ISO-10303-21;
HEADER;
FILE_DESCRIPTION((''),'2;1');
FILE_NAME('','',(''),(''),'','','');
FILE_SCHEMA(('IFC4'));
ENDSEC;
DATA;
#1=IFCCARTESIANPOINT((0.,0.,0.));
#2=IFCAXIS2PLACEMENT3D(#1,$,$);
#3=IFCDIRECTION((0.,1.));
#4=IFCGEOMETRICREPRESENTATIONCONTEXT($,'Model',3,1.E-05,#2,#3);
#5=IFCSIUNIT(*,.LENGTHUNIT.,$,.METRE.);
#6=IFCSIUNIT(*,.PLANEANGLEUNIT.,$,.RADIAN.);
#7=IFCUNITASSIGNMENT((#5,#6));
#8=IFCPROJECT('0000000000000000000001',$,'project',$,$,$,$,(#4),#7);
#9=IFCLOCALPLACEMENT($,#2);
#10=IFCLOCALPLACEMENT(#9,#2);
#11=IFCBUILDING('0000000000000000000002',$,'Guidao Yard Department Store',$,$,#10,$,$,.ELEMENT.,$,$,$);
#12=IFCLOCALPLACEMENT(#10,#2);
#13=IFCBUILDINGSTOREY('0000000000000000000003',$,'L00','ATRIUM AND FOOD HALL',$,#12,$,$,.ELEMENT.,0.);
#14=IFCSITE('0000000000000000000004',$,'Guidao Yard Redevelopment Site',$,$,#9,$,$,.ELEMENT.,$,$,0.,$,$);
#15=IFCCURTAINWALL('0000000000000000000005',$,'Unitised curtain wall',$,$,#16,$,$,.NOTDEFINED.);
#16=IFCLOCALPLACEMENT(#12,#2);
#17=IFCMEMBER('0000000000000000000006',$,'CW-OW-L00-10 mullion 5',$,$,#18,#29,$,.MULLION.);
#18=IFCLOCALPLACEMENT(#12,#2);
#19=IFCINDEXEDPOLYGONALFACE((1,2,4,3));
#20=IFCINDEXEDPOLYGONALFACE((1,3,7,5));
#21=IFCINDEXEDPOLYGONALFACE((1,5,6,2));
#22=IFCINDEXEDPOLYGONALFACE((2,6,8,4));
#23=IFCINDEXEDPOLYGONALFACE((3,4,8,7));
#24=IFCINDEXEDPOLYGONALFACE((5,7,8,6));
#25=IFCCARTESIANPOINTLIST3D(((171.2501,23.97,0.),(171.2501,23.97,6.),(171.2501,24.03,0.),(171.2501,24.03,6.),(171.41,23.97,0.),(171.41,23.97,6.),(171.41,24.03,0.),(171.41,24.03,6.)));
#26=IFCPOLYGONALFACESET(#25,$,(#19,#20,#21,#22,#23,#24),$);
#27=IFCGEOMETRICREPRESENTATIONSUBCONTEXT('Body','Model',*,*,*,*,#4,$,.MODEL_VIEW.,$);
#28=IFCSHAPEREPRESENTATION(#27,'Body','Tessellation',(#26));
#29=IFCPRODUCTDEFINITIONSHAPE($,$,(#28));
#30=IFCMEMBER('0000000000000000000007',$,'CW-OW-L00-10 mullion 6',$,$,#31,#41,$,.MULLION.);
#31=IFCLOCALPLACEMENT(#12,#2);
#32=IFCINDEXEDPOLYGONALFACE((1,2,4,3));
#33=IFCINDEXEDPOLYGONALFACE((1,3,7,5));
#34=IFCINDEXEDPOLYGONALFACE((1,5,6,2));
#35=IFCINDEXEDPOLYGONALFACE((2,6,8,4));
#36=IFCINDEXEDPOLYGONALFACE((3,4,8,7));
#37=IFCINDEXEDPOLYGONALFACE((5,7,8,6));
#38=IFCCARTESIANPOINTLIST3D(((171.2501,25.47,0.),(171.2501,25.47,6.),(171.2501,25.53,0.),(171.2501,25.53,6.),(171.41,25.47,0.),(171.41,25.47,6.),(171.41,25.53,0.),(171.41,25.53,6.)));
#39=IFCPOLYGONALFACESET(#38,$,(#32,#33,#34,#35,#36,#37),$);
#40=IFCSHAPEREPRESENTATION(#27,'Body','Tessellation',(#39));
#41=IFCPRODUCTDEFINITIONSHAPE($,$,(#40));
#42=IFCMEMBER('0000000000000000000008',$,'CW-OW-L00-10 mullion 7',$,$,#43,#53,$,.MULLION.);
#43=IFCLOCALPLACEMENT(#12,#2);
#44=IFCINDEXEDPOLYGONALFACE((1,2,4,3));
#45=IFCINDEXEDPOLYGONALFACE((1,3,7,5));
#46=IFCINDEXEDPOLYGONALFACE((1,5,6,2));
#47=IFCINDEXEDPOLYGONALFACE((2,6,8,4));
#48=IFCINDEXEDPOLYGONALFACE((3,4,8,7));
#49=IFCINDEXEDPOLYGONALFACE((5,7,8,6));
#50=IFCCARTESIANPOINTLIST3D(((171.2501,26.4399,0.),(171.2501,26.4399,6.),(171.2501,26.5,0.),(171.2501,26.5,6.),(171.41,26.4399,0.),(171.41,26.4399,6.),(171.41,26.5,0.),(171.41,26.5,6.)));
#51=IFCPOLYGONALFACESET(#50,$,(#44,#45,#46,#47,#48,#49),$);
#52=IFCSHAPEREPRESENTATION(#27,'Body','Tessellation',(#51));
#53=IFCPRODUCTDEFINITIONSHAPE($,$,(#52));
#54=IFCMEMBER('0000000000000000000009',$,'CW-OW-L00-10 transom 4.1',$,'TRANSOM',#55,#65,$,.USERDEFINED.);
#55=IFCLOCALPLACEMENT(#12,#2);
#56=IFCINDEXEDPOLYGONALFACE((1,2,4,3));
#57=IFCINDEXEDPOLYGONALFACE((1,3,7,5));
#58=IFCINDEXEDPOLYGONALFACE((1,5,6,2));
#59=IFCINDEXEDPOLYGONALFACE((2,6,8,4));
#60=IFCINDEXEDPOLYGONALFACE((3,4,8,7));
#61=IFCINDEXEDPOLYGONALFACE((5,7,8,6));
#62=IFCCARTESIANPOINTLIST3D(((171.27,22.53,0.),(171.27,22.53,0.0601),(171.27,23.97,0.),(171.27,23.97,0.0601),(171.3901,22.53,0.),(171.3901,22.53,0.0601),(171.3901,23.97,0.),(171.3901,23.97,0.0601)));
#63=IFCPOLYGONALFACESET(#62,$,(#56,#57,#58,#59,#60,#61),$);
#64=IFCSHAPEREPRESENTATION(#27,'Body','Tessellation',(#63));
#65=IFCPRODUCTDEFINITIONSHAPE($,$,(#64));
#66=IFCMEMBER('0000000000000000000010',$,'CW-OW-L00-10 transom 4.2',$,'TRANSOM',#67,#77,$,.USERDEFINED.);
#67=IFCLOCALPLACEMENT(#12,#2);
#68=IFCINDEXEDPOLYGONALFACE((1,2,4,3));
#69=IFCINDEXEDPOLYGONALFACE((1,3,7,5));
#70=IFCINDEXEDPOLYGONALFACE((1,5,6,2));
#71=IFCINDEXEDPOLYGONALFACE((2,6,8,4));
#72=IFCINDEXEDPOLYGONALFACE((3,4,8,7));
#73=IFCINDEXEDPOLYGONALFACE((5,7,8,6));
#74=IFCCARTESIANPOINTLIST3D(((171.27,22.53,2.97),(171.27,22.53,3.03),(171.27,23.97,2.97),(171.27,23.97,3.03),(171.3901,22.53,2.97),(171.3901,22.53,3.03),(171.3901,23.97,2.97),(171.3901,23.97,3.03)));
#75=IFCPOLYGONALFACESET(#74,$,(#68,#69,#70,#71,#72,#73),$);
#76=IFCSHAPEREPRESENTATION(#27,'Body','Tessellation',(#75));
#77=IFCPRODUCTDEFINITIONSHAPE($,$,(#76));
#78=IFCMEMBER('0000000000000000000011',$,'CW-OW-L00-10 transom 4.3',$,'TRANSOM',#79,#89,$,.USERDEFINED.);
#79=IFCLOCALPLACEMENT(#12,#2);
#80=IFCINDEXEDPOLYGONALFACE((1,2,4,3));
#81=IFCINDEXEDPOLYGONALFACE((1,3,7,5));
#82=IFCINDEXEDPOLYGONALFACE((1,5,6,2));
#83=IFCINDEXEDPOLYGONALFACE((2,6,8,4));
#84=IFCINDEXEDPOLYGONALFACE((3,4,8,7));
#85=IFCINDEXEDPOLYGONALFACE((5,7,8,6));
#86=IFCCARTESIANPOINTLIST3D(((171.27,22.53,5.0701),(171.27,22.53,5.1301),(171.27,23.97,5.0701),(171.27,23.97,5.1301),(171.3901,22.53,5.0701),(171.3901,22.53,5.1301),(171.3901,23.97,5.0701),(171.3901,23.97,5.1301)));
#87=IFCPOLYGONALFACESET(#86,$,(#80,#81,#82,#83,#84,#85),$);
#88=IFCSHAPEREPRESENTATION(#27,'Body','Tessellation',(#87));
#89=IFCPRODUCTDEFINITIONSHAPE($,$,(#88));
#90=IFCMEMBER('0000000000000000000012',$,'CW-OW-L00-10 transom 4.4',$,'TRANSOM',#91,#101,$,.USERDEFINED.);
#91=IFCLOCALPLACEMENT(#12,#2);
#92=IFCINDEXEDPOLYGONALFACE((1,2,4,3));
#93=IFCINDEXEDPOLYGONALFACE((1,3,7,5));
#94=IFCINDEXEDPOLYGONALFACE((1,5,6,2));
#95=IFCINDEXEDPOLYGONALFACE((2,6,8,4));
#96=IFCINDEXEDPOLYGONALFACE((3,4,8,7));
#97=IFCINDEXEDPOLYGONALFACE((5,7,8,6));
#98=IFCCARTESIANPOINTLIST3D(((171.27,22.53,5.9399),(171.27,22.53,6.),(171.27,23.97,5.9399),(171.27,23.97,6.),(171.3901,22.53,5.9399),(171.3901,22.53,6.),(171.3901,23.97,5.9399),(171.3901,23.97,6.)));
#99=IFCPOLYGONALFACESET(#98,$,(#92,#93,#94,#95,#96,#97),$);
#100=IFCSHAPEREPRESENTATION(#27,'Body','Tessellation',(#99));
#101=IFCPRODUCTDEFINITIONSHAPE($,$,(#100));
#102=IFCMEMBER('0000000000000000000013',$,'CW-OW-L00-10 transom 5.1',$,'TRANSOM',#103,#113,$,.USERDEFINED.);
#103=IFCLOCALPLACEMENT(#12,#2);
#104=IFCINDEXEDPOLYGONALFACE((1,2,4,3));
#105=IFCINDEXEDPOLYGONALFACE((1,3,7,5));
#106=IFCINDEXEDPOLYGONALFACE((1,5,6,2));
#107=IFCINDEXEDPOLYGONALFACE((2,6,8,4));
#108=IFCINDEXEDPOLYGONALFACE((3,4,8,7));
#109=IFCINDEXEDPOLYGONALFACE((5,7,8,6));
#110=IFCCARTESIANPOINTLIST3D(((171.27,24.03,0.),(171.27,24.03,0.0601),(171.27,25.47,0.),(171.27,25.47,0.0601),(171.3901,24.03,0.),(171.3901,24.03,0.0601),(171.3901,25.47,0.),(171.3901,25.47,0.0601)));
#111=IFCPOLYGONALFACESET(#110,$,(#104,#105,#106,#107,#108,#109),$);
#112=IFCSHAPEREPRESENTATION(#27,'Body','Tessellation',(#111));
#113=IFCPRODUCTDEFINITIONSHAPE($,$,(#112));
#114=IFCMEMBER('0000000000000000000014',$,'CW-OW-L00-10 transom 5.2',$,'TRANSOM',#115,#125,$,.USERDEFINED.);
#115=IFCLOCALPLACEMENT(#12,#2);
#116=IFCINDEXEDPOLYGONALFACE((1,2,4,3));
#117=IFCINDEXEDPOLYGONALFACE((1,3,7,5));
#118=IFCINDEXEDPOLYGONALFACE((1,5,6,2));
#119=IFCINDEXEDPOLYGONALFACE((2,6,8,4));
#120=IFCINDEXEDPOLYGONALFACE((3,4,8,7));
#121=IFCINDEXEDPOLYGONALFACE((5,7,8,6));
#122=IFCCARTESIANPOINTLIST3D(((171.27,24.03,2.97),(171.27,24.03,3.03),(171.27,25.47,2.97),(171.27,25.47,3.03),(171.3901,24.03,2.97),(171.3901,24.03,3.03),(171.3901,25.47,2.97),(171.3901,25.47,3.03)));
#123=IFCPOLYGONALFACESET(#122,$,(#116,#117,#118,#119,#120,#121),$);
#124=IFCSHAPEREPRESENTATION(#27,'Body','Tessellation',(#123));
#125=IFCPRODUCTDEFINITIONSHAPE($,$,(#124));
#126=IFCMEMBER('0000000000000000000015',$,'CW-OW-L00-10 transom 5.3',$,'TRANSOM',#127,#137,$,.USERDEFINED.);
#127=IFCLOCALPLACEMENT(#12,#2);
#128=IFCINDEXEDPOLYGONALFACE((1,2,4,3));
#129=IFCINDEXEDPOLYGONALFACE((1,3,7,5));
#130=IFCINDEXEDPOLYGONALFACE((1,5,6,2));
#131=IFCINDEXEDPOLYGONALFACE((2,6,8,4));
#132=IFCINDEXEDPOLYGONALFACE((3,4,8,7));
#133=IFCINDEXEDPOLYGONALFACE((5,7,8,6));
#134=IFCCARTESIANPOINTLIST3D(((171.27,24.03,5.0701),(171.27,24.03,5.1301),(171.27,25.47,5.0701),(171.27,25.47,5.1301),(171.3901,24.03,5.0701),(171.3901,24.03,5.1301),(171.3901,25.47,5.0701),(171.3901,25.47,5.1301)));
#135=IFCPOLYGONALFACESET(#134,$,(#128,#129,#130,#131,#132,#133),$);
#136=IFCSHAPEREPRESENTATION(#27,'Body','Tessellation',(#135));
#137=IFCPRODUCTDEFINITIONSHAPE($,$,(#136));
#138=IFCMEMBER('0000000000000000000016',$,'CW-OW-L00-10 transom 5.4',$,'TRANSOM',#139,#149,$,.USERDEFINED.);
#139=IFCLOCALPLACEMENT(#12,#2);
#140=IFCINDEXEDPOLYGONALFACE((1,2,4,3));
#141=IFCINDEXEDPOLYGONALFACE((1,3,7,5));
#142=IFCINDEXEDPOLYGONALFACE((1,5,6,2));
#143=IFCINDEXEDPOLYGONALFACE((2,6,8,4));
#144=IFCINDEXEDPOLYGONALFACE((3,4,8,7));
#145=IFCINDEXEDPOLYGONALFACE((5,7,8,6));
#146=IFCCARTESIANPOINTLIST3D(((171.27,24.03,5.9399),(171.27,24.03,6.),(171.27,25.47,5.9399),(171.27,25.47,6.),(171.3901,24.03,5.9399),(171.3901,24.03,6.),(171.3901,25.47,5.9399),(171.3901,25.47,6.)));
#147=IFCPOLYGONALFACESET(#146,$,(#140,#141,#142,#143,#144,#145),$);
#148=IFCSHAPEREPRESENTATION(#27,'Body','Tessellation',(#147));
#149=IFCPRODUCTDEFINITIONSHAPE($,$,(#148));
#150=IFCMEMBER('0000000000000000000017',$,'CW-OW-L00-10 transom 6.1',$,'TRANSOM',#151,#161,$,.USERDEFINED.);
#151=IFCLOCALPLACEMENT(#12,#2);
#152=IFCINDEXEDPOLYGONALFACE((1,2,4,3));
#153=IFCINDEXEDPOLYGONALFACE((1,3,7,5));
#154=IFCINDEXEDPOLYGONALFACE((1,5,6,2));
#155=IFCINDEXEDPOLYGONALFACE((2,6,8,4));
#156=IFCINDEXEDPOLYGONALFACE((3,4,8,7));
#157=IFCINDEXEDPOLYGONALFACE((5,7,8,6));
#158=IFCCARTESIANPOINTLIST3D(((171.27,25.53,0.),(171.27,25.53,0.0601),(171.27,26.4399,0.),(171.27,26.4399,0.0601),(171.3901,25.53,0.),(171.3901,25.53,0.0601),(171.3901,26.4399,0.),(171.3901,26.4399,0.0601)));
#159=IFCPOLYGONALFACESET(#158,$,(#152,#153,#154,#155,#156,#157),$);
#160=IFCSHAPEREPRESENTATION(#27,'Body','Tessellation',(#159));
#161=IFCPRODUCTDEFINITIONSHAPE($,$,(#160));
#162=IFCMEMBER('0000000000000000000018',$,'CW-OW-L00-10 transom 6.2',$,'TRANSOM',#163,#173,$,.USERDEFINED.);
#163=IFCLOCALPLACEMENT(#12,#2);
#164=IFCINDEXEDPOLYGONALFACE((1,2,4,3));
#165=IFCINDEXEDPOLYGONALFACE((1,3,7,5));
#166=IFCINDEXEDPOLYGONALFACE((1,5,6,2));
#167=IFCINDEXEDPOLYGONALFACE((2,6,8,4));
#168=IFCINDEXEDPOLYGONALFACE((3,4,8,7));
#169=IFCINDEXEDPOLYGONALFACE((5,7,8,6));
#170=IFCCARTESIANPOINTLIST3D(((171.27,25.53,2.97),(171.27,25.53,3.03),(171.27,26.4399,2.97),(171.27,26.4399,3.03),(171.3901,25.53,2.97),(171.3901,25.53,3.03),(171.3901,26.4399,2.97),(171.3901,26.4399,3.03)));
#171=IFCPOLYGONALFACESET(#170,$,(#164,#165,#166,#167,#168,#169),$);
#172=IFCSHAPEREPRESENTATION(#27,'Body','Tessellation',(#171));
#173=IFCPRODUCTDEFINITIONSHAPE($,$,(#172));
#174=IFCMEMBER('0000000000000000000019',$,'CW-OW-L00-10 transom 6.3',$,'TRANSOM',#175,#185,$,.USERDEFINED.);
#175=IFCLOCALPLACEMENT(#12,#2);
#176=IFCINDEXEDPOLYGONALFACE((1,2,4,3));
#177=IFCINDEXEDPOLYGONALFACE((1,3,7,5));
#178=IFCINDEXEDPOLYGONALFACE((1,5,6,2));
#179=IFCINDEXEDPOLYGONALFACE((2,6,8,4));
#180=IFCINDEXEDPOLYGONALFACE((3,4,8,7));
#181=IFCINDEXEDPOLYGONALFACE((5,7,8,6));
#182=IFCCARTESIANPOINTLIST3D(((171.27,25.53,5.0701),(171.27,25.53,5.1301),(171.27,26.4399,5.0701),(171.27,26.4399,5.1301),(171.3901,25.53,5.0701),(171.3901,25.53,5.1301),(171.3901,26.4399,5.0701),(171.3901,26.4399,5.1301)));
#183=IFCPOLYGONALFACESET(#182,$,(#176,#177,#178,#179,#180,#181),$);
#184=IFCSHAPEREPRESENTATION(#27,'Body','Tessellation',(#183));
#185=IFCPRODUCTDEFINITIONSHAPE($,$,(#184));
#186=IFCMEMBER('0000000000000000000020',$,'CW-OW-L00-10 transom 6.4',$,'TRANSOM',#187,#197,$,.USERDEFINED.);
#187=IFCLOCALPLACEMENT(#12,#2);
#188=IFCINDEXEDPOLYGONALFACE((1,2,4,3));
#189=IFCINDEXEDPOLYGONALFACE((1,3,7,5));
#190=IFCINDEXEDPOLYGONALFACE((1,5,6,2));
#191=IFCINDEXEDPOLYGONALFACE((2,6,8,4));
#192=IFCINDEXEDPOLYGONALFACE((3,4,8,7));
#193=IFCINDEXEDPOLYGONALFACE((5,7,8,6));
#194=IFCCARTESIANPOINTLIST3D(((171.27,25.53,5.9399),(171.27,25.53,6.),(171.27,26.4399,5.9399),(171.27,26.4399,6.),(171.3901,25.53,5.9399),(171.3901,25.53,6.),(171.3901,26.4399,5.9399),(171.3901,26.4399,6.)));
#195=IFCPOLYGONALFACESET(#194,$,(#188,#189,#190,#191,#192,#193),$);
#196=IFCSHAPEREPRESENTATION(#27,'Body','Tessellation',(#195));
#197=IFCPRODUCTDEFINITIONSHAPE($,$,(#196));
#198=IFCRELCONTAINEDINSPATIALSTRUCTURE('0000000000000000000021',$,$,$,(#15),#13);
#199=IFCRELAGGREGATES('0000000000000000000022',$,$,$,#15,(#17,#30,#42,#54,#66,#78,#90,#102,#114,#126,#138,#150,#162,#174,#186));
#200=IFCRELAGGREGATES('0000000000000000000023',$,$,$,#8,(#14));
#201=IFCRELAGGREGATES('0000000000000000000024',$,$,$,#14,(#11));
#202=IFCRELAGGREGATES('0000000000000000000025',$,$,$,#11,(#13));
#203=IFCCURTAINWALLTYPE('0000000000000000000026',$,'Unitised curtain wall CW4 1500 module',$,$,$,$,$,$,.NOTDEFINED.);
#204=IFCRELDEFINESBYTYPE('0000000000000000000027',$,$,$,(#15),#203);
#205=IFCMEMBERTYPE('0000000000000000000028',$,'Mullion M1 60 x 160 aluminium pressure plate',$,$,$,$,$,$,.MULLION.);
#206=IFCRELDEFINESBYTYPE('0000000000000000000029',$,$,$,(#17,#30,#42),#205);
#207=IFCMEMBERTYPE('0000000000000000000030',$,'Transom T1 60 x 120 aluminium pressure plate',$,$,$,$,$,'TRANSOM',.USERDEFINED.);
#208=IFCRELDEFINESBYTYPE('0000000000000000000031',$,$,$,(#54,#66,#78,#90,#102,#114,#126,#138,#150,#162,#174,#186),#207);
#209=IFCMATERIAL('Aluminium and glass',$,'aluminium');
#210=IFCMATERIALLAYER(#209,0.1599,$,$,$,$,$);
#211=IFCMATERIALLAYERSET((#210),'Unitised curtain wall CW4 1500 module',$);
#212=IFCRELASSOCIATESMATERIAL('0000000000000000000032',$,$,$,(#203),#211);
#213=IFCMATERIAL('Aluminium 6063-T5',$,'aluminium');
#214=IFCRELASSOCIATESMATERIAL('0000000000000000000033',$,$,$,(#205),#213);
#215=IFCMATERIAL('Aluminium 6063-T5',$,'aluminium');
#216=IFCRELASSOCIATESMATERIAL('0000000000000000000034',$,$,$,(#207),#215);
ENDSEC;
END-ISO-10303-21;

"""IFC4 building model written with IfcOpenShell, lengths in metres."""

from ifc_helpers import new_model, si_unit, direction, frame, origin, origin_2d, place, context, subcontext, project, spatial, rectangle, extrude, material, layer, layer_set, material_profile, profile_set, type_object, element, aggregate, save


model = new_model("IFC4")

# Units and contexts
model_context = context("Model", 3, precision=1e-05, world=origin(), true_north=direction((0.0, 1.0)))
body_context = subcontext(model_context, "Body", "Model", "MODEL_VIEW")
ifc_project = project(units=[si_unit("LENGTHUNIT", "METRE"), si_unit("PLANEANGLEUNIT", "RADIAN")], contexts=[model_context])

# Site, building, storey
site_placement = place(None, origin())
site = spatial("IfcSite", under=ifc_project, at=site_placement, Name="Guidao Yard Redevelopment Site", CompositionType="ELEMENT", RefElevation=0.0)
building_placement = place(site_placement, origin())
building = spatial("IfcBuilding", under=site, at=building_placement, Name="Guidao Yard Department Store", CompositionType="ELEMENT")
storey_placement = place(building_placement, origin())
storey = spatial("IfcBuildingStorey", under=building, at=storey_placement, Name="L00", Description="ATRIUM AND FOOD HALL", CompositionType="ELEMENT", Elevation=0.0)

# Curtain wall, members
ifc_material_1 = material(Name="Aluminium and glass", Category="aluminium")
ifc_layer_1 = layer(ifc_material_1, 0.1599)
ifc_layer_set_1 = layer_set([ifc_layer_1], Name="Unitised curtain wall CW4 1500 module")
curtain_wall_type = type_object("IfcCurtainWallType", Name="Unitised curtain wall CW4 1500 module", PredefinedType="NOTDEFINED", material=ifc_layer_set_1)
curtain_wall_placement = place(storey_placement, origin())
curtain_wall = element("IfcCurtainWall", 1, at=curtain_wall_placement, inside=storey, type_object=curtain_wall_type, Name="Unitised curtain wall", PredefinedType="NOTDEFINED")
ifc_material_2 = material(Name="Aluminium 6063-T5", Category="aluminium")
ifc_material_profile_1 = material_profile(ifc_material_2, rectangle(XDim=0.0601, YDim=0.1599, at=origin_2d()), Name="Mullion M1 60 x 160 aluminium pressure plate")
ifc_profile_set_1 = profile_set([ifc_material_profile_1], Name="Aluminium 6063-T5")
member_type_1 = type_object("IfcMemberType", Name="Mullion M1 60 x 160 aluminium pressure plate", PredefinedType="MULLION", material=ifc_profile_set_1)
member_1_placement = place(storey_placement, frame((171.3301, 24.0, 0.0), z_axis=(0.0, 0.0, 1.0), x_axis=(0.0, -1.0, 0.0)))
member_1 = element("IfcMember", 2, at=member_1_placement, type_object=member_type_1, Name="CW-OW-L00-10 mullion 5", PredefinedType="MULLION", context=body_context, shape_type="SweptSolid", body=[
    extrude(rectangle(XDim=0.0601, YDim=0.1599, at=origin_2d()), origin(), (0.0, 0.0, 1.0), 6.0),
])
member_2_placement = place(storey_placement, frame((171.3301, 25.5, 0.0), z_axis=(0.0, 0.0, 1.0), x_axis=(0.0, -1.0, 0.0)))
member_2 = element("IfcMember", 3, at=member_2_placement, type_object=member_type_1, Name="CW-OW-L00-10 mullion 6", PredefinedType="MULLION", context=body_context, shape_type="SweptSolid", body=[
    extrude(rectangle(XDim=0.0601, YDim=0.1599, at=origin_2d()), origin(), (0.0, 0.0, 1.0), 6.0),
])
member_3_placement = place(storey_placement, frame((171.3301, 26.47, 0.0), z_axis=(0.0, 0.0, 1.0), x_axis=(0.0, -1.0, 0.0)))
member_3 = element("IfcMember", 4, at=member_3_placement, type_object=member_type_1, Name="CW-OW-L00-10 mullion 7", PredefinedType="MULLION", context=body_context, shape_type="SweptSolid", body=[
    extrude(rectangle(XDim=0.0601, YDim=0.1599, at=origin_2d()), origin(), (0.0, 0.0, 1.0), 6.0),
])
ifc_material_3 = material(Name="Aluminium 6063-T5", Category="aluminium")
ifc_material_profile_2 = material_profile(ifc_material_3, rectangle(XDim=0.1201, YDim=0.0601, at=origin_2d()), Name="Transom T1 60 x 120 aluminium pressure plate")
ifc_profile_set_2 = profile_set([ifc_material_profile_2], Name="Aluminium 6063-T5")
member_type_2 = type_object("IfcMemberType", Name="Transom T1 60 x 120 aluminium pressure plate", ElementType="TRANSOM", PredefinedType="USERDEFINED", material=ifc_profile_set_2)
member_4_placement = place(storey_placement, frame((171.3301, 23.97, 0.03), z_axis=(0.0, -1.0, 0.0), x_axis=(1.0, 0.0, 0.0)))
member_4 = element("IfcMember", 5, at=member_4_placement, type_object=member_type_2, Name="CW-OW-L00-10 transom 4.1", ObjectType="TRANSOM", PredefinedType="USERDEFINED", context=body_context, shape_type="SweptSolid", body=[
    extrude(rectangle(XDim=0.1201, YDim=0.0601, at=origin_2d()), origin(), (0.0, 0.0, 1.0), 1.4399),
])
member_5_placement = place(storey_placement, frame((171.3301, 23.97, 3.0), z_axis=(0.0, -1.0, 0.0), x_axis=(1.0, 0.0, 0.0)))
member_5 = element("IfcMember", 6, at=member_5_placement, type_object=member_type_2, Name="CW-OW-L00-10 transom 4.2", ObjectType="TRANSOM", PredefinedType="USERDEFINED", context=body_context, shape_type="SweptSolid", body=[
    extrude(rectangle(XDim=0.1201, YDim=0.0601, at=origin_2d()), origin(), (0.0, 0.0, 1.0), 1.4399),
])
member_6_placement = place(storey_placement, frame((171.3301, 23.97, 5.1001), z_axis=(0.0, -1.0, 0.0), x_axis=(1.0, 0.0, 0.0)))
member_6 = element("IfcMember", 7, at=member_6_placement, type_object=member_type_2, Name="CW-OW-L00-10 transom 4.3", ObjectType="TRANSOM", PredefinedType="USERDEFINED", context=body_context, shape_type="SweptSolid", body=[
    extrude(rectangle(XDim=0.1201, YDim=0.0601, at=origin_2d()), origin(), (0.0, 0.0, 1.0), 1.4399),
])
member_7_placement = place(storey_placement, frame((171.3301, 23.97, 5.97), z_axis=(0.0, -1.0, 0.0), x_axis=(1.0, 0.0, 0.0)))
member_7 = element("IfcMember", 8, at=member_7_placement, type_object=member_type_2, Name="CW-OW-L00-10 transom 4.4", ObjectType="TRANSOM", PredefinedType="USERDEFINED", context=body_context, shape_type="SweptSolid", body=[
    extrude(rectangle(XDim=0.1201, YDim=0.0601, at=origin_2d()), origin(), (0.0, 0.0, 1.0), 1.4399),
])
member_8_placement = place(storey_placement, frame((171.3301, 25.47, 0.03), z_axis=(0.0, -1.0, 0.0), x_axis=(1.0, 0.0, 0.0)))
member_8 = element("IfcMember", 9, at=member_8_placement, type_object=member_type_2, Name="CW-OW-L00-10 transom 5.1", ObjectType="TRANSOM", PredefinedType="USERDEFINED", context=body_context, shape_type="SweptSolid", body=[
    extrude(rectangle(XDim=0.1201, YDim=0.0601, at=origin_2d()), origin(), (0.0, 0.0, 1.0), 1.4399),
])
member_9_placement = place(storey_placement, frame((171.3301, 25.47, 3.0), z_axis=(0.0, -1.0, 0.0), x_axis=(1.0, 0.0, 0.0)))
member_9 = element("IfcMember", 10, at=member_9_placement, type_object=member_type_2, Name="CW-OW-L00-10 transom 5.2", ObjectType="TRANSOM", PredefinedType="USERDEFINED", context=body_context, shape_type="SweptSolid", body=[
    extrude(rectangle(XDim=0.1201, YDim=0.0601, at=origin_2d()), origin(), (0.0, 0.0, 1.0), 1.4399),
])
member_10_placement = place(storey_placement, frame((171.3301, 25.47, 5.1001), z_axis=(0.0, -1.0, 0.0), x_axis=(1.0, 0.0, 0.0)))
member_10 = element("IfcMember", 11, at=member_10_placement, type_object=member_type_2, Name="CW-OW-L00-10 transom 5.3", ObjectType="TRANSOM", PredefinedType="USERDEFINED", context=body_context, shape_type="SweptSolid", body=[
    extrude(rectangle(XDim=0.1201, YDim=0.0601, at=origin_2d()), origin(), (0.0, 0.0, 1.0), 1.4399),
])
member_11_placement = place(storey_placement, frame((171.3301, 25.47, 5.97), z_axis=(0.0, -1.0, 0.0), x_axis=(1.0, 0.0, 0.0)))
member_11 = element("IfcMember", 12, at=member_11_placement, type_object=member_type_2, Name="CW-OW-L00-10 transom 5.4", ObjectType="TRANSOM", PredefinedType="USERDEFINED", context=body_context, shape_type="SweptSolid", body=[
    extrude(rectangle(XDim=0.1201, YDim=0.0601, at=origin_2d()), origin(), (0.0, 0.0, 1.0), 1.4399),
])
member_12_placement = place(storey_placement, frame((171.3301, 26.4399, 0.03), z_axis=(0.0, -1.0, 0.0), x_axis=(1.0, 0.0, 0.0)))
member_12 = element("IfcMember", 13, at=member_12_placement, type_object=member_type_2, Name="CW-OW-L00-10 transom 6.1", ObjectType="TRANSOM", PredefinedType="USERDEFINED", context=body_context, shape_type="SweptSolid", body=[
    extrude(rectangle(XDim=0.1201, YDim=0.0601, at=origin_2d()), origin(), (0.0, 0.0, 1.0), 0.9099),
])
member_13_placement = place(storey_placement, frame((171.3301, 26.4399, 3.0), z_axis=(0.0, -1.0, 0.0), x_axis=(1.0, 0.0, 0.0)))
member_13 = element("IfcMember", 14, at=member_13_placement, type_object=member_type_2, Name="CW-OW-L00-10 transom 6.2", ObjectType="TRANSOM", PredefinedType="USERDEFINED", context=body_context, shape_type="SweptSolid", body=[
    extrude(rectangle(XDim=0.1201, YDim=0.0601, at=origin_2d()), origin(), (0.0, 0.0, 1.0), 0.9099),
])
member_14_placement = place(storey_placement, frame((171.3301, 26.4399, 5.1001), z_axis=(0.0, -1.0, 0.0), x_axis=(1.0, 0.0, 0.0)))
member_14 = element("IfcMember", 15, at=member_14_placement, type_object=member_type_2, Name="CW-OW-L00-10 transom 6.3", ObjectType="TRANSOM", PredefinedType="USERDEFINED", context=body_context, shape_type="SweptSolid", body=[
    extrude(rectangle(XDim=0.1201, YDim=0.0601, at=origin_2d()), origin(), (0.0, 0.0, 1.0), 0.9099),
])
member_15_placement = place(storey_placement, frame((171.3301, 26.4399, 5.97), z_axis=(0.0, -1.0, 0.0), x_axis=(1.0, 0.0, 0.0)))
member_15 = element("IfcMember", 16, at=member_15_placement, type_object=member_type_2, Name="CW-OW-L00-10 transom 6.4", ObjectType="TRANSOM", PredefinedType="USERDEFINED", context=body_context, shape_type="SweptSolid", body=[
    extrude(rectangle(XDim=0.1201, YDim=0.0601, at=origin_2d()), origin(), (0.0, 0.0, 1.0), 0.9099),
])
aggregate(curtain_wall, [member_1, member_2, member_3, member_4, member_5, member_6, member_7, member_8, member_9, member_10, member_11, member_12, member_13, member_14, member_15])

save(model, "model.ifc")
